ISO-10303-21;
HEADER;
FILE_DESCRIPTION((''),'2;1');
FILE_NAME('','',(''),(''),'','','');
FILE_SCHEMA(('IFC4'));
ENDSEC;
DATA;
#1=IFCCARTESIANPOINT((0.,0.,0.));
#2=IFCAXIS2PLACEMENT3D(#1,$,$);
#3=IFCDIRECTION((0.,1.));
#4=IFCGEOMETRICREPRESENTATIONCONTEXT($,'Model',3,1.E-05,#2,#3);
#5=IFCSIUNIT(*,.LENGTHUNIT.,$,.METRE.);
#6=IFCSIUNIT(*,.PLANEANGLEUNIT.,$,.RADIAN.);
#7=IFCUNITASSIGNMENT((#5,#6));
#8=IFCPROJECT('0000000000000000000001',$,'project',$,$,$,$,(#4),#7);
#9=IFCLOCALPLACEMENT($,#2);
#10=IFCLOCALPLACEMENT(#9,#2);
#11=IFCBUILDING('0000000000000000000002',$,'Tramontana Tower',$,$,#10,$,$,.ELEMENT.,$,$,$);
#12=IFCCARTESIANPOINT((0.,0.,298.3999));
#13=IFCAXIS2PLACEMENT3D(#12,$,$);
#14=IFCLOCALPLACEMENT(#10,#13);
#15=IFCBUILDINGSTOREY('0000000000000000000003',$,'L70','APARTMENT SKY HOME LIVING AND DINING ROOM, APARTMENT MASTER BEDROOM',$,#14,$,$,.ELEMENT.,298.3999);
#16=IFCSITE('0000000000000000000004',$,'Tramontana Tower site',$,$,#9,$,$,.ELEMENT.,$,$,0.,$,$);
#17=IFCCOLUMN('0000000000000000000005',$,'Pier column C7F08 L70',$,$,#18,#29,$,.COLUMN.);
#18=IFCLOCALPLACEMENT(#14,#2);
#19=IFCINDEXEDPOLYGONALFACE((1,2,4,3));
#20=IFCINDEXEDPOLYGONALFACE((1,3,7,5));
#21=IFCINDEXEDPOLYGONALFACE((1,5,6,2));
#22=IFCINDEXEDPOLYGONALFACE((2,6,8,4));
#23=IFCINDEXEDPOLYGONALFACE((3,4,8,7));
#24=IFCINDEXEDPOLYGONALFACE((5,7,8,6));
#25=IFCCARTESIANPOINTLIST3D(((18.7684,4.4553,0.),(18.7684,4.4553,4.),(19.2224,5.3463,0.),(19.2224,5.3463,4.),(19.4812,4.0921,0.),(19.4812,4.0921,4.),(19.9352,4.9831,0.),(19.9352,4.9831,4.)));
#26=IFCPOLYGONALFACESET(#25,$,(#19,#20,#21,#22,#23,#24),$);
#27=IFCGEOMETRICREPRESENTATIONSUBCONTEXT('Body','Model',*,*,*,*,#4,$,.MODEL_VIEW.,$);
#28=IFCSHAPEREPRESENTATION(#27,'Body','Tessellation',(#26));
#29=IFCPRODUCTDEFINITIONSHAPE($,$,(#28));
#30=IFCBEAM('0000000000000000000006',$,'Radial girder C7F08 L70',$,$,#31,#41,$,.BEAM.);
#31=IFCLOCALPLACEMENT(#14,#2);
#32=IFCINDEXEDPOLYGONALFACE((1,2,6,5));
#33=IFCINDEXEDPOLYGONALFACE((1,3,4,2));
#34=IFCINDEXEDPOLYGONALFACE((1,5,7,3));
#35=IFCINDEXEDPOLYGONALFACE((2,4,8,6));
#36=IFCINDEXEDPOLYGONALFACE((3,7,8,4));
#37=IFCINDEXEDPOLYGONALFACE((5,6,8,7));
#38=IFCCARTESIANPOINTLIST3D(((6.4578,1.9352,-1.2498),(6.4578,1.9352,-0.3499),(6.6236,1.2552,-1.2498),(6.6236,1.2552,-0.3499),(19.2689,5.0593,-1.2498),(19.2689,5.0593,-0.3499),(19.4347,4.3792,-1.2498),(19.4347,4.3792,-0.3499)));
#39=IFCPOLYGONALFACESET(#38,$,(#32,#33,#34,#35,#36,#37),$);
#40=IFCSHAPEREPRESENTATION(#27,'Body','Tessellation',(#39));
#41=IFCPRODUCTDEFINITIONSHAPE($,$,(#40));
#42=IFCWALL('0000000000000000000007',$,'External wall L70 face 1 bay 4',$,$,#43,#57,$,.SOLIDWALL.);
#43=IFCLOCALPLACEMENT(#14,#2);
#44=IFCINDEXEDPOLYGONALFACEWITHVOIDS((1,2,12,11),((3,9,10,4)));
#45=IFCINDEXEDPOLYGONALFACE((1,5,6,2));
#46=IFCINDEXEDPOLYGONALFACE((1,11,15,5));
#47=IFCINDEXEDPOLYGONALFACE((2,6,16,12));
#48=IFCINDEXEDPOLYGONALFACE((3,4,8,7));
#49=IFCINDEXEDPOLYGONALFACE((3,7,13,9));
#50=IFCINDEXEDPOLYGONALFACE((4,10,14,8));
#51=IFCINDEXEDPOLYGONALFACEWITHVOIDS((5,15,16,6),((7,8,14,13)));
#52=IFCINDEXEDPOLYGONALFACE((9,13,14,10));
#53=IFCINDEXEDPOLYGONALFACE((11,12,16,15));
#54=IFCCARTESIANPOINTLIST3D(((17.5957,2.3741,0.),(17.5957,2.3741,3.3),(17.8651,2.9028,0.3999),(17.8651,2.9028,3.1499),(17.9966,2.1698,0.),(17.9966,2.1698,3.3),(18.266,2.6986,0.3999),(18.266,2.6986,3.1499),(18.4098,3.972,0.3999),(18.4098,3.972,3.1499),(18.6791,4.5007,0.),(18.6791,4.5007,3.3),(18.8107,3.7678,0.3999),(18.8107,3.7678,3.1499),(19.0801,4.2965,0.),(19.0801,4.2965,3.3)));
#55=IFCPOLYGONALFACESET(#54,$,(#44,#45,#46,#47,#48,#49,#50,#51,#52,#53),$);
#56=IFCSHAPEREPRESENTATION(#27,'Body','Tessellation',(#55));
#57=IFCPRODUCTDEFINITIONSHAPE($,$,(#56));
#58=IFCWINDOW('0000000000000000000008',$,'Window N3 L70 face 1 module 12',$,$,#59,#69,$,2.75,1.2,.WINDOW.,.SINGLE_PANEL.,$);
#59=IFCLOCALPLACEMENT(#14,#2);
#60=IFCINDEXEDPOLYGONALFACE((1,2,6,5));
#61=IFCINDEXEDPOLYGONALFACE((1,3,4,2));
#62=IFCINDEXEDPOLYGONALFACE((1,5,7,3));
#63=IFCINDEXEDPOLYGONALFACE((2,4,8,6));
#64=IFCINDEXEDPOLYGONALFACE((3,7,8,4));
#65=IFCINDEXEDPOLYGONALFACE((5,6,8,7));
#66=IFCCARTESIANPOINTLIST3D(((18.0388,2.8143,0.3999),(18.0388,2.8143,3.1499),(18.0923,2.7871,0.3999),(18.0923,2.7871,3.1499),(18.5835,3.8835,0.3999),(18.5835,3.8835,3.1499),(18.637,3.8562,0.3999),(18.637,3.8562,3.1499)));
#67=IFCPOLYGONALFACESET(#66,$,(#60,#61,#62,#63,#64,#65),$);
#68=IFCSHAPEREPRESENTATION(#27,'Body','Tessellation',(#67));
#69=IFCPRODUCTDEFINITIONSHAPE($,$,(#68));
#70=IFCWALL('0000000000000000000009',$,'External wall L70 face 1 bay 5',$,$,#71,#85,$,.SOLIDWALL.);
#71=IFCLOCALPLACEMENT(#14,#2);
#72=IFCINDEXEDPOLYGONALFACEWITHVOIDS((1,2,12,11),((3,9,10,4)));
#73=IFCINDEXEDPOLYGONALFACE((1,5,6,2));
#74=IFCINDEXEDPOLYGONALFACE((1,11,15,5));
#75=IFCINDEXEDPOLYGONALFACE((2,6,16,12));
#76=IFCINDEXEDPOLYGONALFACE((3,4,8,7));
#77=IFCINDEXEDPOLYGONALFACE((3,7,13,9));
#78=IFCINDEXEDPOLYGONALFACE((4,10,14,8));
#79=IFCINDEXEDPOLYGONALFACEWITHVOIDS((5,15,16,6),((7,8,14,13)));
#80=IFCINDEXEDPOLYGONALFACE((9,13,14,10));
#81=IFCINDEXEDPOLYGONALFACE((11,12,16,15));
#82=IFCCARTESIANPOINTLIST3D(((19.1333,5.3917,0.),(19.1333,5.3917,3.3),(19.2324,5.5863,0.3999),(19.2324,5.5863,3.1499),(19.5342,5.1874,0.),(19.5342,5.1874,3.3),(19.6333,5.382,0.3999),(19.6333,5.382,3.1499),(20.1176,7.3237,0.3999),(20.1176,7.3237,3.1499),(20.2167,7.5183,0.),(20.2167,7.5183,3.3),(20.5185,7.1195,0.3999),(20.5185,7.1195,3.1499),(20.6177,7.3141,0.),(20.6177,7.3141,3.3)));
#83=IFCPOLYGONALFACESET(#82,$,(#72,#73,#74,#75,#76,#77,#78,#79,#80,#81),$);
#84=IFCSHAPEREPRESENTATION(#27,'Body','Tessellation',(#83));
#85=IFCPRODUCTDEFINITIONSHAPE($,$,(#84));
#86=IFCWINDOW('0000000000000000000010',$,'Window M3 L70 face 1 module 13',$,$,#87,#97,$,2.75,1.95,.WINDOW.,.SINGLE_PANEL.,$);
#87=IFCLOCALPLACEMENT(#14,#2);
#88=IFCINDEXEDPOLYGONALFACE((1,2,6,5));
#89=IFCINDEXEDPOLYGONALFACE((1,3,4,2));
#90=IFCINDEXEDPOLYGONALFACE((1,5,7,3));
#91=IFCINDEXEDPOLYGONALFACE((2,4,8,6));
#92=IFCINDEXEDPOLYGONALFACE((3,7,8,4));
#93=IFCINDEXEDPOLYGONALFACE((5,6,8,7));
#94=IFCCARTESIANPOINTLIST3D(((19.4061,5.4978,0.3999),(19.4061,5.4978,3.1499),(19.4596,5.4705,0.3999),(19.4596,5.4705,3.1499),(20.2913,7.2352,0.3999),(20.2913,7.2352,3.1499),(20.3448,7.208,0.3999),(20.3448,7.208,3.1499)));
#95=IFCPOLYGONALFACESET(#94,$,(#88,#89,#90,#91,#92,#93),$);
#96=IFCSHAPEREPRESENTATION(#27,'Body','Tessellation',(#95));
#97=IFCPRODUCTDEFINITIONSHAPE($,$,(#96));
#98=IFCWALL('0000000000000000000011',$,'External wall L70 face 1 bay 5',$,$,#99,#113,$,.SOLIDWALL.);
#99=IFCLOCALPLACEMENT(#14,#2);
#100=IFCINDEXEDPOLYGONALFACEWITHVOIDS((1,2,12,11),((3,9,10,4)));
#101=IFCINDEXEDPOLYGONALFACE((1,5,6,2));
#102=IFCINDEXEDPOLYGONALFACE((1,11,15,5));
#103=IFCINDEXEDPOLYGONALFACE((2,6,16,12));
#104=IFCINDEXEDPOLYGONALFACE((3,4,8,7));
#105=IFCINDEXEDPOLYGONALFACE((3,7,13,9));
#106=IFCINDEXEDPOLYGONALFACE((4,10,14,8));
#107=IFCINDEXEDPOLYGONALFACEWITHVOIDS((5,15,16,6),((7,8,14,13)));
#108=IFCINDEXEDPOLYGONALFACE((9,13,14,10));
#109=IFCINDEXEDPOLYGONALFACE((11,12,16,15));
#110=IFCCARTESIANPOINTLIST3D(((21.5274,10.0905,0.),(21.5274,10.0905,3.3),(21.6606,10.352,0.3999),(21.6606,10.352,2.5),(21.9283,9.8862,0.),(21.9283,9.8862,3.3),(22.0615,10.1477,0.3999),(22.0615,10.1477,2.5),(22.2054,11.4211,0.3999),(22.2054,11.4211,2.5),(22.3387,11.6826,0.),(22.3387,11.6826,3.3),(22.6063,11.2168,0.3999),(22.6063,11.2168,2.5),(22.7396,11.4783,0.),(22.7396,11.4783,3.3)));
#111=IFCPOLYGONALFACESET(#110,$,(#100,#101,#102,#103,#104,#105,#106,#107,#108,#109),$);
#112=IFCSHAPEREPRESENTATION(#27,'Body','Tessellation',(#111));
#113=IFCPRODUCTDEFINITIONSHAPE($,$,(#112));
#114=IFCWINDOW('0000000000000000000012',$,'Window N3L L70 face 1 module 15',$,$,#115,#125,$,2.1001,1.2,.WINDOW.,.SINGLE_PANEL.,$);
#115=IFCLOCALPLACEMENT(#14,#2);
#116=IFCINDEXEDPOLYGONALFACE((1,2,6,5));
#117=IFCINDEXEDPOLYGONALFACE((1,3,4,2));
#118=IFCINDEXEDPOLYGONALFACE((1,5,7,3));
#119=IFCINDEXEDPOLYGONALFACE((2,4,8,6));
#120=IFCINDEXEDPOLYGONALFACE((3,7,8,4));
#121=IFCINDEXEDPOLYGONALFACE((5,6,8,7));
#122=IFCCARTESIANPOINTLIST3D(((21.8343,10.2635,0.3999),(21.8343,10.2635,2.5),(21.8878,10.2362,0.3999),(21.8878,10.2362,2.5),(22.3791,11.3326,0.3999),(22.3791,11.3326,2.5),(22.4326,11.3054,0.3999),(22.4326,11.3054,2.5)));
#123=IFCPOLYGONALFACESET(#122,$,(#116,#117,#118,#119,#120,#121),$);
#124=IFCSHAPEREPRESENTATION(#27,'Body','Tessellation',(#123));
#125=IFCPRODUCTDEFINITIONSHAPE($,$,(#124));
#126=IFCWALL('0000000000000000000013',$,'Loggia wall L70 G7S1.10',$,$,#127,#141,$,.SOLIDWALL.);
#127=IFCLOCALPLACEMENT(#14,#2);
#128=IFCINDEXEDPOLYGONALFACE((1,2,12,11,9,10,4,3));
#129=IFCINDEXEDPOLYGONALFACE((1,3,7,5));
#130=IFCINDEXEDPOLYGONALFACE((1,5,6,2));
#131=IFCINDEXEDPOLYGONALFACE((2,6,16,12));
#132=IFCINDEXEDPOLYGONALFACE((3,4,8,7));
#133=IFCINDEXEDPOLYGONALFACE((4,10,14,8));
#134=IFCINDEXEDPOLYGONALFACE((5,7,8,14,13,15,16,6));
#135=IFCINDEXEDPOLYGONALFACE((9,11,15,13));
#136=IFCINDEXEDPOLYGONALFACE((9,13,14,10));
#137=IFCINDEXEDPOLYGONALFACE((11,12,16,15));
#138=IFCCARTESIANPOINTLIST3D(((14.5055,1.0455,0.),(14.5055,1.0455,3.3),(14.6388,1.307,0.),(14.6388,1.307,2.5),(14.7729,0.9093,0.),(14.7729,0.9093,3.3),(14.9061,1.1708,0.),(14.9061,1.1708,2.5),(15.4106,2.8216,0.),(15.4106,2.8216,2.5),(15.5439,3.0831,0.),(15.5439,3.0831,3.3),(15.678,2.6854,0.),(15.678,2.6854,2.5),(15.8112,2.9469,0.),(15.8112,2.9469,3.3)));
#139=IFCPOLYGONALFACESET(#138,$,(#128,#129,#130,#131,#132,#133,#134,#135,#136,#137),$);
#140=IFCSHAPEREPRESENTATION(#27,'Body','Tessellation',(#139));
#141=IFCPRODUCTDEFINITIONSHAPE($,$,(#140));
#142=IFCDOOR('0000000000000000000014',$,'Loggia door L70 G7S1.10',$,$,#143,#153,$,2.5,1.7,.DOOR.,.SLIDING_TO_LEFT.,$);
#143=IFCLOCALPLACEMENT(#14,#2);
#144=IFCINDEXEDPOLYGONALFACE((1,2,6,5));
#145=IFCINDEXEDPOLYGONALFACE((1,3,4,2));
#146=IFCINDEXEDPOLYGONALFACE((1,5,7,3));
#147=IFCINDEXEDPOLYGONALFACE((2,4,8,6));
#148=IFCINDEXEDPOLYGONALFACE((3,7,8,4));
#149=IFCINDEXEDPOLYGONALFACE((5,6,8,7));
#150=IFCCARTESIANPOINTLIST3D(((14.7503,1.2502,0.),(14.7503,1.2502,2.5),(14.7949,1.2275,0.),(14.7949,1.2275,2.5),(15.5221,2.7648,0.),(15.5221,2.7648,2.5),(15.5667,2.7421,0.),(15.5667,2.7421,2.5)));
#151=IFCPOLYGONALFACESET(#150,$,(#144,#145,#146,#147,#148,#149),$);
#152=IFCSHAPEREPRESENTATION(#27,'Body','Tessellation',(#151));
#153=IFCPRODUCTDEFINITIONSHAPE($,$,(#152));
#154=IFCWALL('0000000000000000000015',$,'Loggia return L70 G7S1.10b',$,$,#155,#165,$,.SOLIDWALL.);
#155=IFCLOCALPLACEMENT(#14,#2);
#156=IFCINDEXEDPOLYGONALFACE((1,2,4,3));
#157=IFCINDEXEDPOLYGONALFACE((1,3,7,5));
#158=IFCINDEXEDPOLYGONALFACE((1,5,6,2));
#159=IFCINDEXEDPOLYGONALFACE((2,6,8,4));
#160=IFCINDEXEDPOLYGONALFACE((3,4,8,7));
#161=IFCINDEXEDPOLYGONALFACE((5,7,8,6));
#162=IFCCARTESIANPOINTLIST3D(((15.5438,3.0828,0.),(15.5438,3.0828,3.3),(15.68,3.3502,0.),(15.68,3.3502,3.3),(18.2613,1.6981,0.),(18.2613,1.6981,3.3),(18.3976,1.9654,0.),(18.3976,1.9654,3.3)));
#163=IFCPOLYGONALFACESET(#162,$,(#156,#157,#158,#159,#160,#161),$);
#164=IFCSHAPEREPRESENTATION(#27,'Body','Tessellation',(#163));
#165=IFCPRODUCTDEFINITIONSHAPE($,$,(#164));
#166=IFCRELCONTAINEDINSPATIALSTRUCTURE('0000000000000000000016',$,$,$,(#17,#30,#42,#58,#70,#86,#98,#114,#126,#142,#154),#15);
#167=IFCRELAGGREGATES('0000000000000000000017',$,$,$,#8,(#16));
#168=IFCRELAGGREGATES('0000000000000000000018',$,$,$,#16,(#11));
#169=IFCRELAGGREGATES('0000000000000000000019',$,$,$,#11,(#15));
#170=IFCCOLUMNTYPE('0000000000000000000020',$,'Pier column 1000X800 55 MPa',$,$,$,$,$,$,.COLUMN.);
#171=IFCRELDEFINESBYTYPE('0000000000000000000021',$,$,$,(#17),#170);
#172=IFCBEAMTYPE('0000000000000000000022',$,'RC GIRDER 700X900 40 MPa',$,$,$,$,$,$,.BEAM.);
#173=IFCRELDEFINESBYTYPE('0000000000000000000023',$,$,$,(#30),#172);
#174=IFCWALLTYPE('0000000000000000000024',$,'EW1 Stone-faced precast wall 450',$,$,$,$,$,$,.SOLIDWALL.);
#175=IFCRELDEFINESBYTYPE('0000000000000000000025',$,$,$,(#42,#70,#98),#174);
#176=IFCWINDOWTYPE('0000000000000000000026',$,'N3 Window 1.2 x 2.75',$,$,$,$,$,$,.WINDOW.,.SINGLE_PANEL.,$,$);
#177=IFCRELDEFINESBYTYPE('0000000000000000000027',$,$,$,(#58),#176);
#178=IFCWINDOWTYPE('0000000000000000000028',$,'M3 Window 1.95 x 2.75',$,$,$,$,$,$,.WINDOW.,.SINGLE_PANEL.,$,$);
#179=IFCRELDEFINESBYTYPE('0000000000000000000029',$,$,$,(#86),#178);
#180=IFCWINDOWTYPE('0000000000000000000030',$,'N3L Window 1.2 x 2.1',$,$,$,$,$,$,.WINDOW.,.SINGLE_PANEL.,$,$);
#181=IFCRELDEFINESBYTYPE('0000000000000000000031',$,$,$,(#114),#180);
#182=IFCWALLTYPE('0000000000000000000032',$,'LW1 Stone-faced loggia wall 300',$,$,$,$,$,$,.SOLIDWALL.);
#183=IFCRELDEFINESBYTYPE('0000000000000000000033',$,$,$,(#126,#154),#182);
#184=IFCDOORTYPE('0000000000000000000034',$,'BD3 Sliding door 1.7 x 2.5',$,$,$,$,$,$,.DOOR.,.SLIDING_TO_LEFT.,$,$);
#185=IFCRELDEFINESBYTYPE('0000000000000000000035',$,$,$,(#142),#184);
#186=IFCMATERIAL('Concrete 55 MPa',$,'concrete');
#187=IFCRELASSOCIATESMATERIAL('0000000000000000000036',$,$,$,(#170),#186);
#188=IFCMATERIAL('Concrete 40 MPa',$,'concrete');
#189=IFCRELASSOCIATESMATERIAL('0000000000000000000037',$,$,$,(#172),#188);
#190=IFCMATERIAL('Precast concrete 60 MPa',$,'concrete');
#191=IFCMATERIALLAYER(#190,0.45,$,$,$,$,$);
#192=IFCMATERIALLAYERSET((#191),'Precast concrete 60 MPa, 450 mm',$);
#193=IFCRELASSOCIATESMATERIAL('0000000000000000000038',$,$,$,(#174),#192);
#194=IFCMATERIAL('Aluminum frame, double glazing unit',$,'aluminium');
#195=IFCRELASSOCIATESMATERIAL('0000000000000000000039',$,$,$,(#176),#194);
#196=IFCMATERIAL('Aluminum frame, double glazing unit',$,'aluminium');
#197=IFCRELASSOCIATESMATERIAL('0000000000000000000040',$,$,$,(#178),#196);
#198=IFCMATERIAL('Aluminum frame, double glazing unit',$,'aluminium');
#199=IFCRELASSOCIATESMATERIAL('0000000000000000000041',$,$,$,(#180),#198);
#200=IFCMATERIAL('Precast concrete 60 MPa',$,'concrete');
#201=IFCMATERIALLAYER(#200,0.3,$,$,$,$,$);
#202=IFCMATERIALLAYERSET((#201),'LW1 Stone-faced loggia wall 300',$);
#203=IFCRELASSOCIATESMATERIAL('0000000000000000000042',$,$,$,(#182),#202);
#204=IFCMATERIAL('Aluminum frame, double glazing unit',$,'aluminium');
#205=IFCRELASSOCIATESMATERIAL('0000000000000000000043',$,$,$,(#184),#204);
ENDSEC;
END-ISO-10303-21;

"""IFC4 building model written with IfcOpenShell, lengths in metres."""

from ifc_helpers import new_model, si_unit, direction, frame, frame_2d, origin, origin_2d, place, context, subcontext, project, spatial, rectangle, extrude, material, layer, layer_set, material_profile, profile_set, type_object, element, fill, save


model = new_model("IFC4")

# Units and contexts
model_context = context("Model", 3, precision=1e-05, world=origin(), true_north=direction((0.0, 1.0)))
body_context = subcontext(model_context, "Body", "Model", "MODEL_VIEW")
ifc_project = project(units=[si_unit("LENGTHUNIT", "METRE"), si_unit("PLANEANGLEUNIT", "RADIAN")], contexts=[model_context])

# Site, building, storey
site_placement = place(None, origin())
site = spatial("IfcSite", under=ifc_project, at=site_placement, Name="Tramontana Tower site", CompositionType="ELEMENT", RefElevation=0.0)
building_placement = place(site_placement, origin())
building = spatial("IfcBuilding", under=site, at=building_placement, Name="Tramontana Tower", CompositionType="ELEMENT")
storey_placement = place(building_placement, frame((0.0, 0.0, 298.3999)))
storey = spatial("IfcBuildingStorey", under=building, at=storey_placement, Name="L70", Description="APARTMENT SKY HOME LIVING AND DINING ROOM, APARTMENT MASTER BEDROOM", CompositionType="ELEMENT", Elevation=298.3999)

# Column
ifc_material_1 = material(Name="Concrete 55 MPa", Category="concrete")
ifc_material_profile_1 = material_profile(ifc_material_1, rectangle(XDim=1.0, YDim=0.8, at=origin_2d()), Name="Pier column 1000X800 55 MPa")
ifc_profile_set_1 = profile_set([ifc_material_profile_1], Name="Concrete 55 MPa")
column_type = type_object("IfcColumnType", Name="Pier column 1000X800 55 MPa", PredefinedType="COLUMN", material=ifc_profile_set_1)
column_placement = place(storey_placement, frame((19.3518, 4.7192, 0.0), z_axis=(0.0, 0.0, 1.0), x_axis=(0.45399, 0.891007, 0.0)))
element("IfcColumn", 1, at=column_placement, inside=storey, type_object=column_type, Name="Pier column C7F08 L70", PredefinedType="COLUMN", context=body_context, shape_type="SweptSolid", body=[
    extrude(rectangle(XDim=1.0, YDim=0.8, at=origin_2d()), origin(), (0.0, 0.0, 1.0), 4.0),
])

# Beam
ifc_material_2 = material(Name="Concrete 40 MPa", Category="concrete")
ifc_material_profile_2 = material_profile(ifc_material_2, rectangle(XDim=0.7, YDim=0.8999, at=origin_2d()), Name="RC GIRDER 700X900 40 MPa")
ifc_profile_set_2 = profile_set([ifc_material_profile_2], Name="Concrete 40 MPa")
beam_type = type_object("IfcBeamType", Name="RC GIRDER 700X900 40 MPa", PredefinedType="BEAM", material=ifc_profile_set_2)
beam_placement = place(storey_placement, frame((19.3518, 4.7192, -0.7998), z_axis=(-0.971531, -0.236912, 0.0), x_axis=(0.236912, -0.971531, 0.0)))
element("IfcBeam", 2, at=beam_placement, inside=storey, type_object=beam_type, Name="Radial girder C7F08 L70", PredefinedType="BEAM", context=body_context, shape_type="SweptSolid", body=[
    extrude(rectangle(XDim=0.7, YDim=0.8999, at=origin_2d()), origin(), (0.0, 0.0, 1.0), 13.1865),
])

# Walls, openings, windows
ifc_material_3 = material(Name="Precast concrete 60 MPa", Category="concrete")
ifc_layer_1 = layer(ifc_material_3, 0.45)
ifc_layer_set_1 = layer_set([ifc_layer_1], Name="Precast concrete 60 MPa, 450 mm")
wall_type_1 = type_object("IfcWallType", Name="EW1 Stone-faced precast wall 450", PredefinedType="SOLIDWALL", material=ifc_layer_set_1)
wall_1_placement = place(storey_placement, frame((17.7961, 2.272, 0.0), z_axis=(0.0, 0.0, 1.0), x_axis=(0.453952, 0.891026, 0.0)))
wall_1 = element("IfcWall", 3, at=wall_1_placement, inside=storey, type_object=wall_type_1, Name="External wall L70 face 1 bay 4", PredefinedType="SOLIDWALL", context=body_context, shape_type="SweptSolid", body=[
    extrude(rectangle(XDim=2.3867, YDim=0.45, at=frame_2d((1.1934, 0.0))), origin(), (0.0, 0.0, 1.0), 3.3),
])
opening_1_placement = place(wall_1_placement, frame((0.5933, 0.0, 0.3999)))
opening_1 = element("IfcOpeningElement", 4, at=opening_1_placement, cuts=wall_1, PredefinedType="OPENING", context=body_context, shape_type="SweptSolid", body=[
    extrude(rectangle(XDim=1.2, YDim=2.75, at=frame_2d((0.6001, 1.375))), frame((0.0, 0.2349, 0.0), z_axis=(0.0, -1.0, 0.0), x_axis=(1.0, 0.0, 0.0)), (0.0, 0.0, 1.0), 0.47),
])
ifc_material_4 = material(Name="Aluminum frame, double glazing unit", Category="aluminium")
window_type_1 = type_object("IfcWindowType", Name="N3 Window 1.2 x 2.75", PartitioningType="SINGLE_PANEL", PredefinedType="WINDOW", material=ifc_material_4)
window_1_placement = place(opening_1_placement, origin())
window_1 = element("IfcWindow", 5, at=window_1_placement, inside=storey, type_object=window_type_1, Name="Window N3 L70 face 1 module 12", OverallHeight=2.75, OverallWidth=1.2, PartitioningType="SINGLE_PANEL", PredefinedType="WINDOW", context=body_context, shape_type="SweptSolid", body=[
    extrude(rectangle(XDim=1.2, YDim=2.75, at=frame_2d((0.6001, 1.375))), frame((0.0, 0.03, 0.0), z_axis=(0.0, -1.0, 0.0), x_axis=(1.0, 0.0, 0.0)), (0.0, 0.0, 1.0), 0.0601),
])
fill(opening_1, window_1)
wall_2_placement = place(storey_placement, frame((19.3337, 5.2896, 0.0), z_axis=(0.0, 0.0, 1.0), x_axis=(0.453952, 0.891026, 0.0)))
wall_2 = element("IfcWall", 6, at=wall_2_placement, inside=storey, type_object=wall_type_1, Name="External wall L70 face 1 bay 5", PredefinedType="SOLIDWALL", context=body_context, shape_type="SweptSolid", body=[
    extrude(rectangle(XDim=2.3867, YDim=0.45, at=frame_2d((1.1934, 0.0))), origin(), (0.0, 0.0, 1.0), 3.3),
])
opening_2_placement = place(wall_2_placement, frame((0.2183, 0.0, 0.3999)))
opening_2 = element("IfcOpeningElement", 7, at=opening_2_placement, cuts=wall_2, PredefinedType="OPENING", context=body_context, shape_type="SweptSolid", body=[
    extrude(rectangle(XDim=1.95, YDim=2.75, at=frame_2d((0.9751, 1.375))), frame((0.0, 0.2349, 0.0), z_axis=(0.0, -1.0, 0.0), x_axis=(1.0, 0.0, 0.0)), (0.0, 0.0, 1.0), 0.47),
])
ifc_material_5 = material(Name="Aluminum frame, double glazing unit", Category="aluminium")
window_type_2 = type_object("IfcWindowType", Name="M3 Window 1.95 x 2.75", PartitioningType="SINGLE_PANEL", PredefinedType="WINDOW", material=ifc_material_5)
window_2_placement = place(opening_2_placement, origin())
window_2 = element("IfcWindow", 8, at=window_2_placement, inside=storey, type_object=window_type_2, Name="Window M3 L70 face 1 module 13", OverallHeight=2.75, OverallWidth=1.95, PartitioningType="SINGLE_PANEL", PredefinedType="WINDOW", context=body_context, shape_type="SweptSolid", body=[
    extrude(rectangle(XDim=1.95, YDim=2.75, at=frame_2d((0.9751, 1.375))), frame((0.0, 0.03, 0.0), z_axis=(0.0, -1.0, 0.0), x_axis=(1.0, 0.0, 0.0)), (0.0, 0.0, 1.0), 0.0601),
])
fill(opening_2, window_2)
wall_3_placement = place(storey_placement, frame((21.7278, 9.9883, 0.0), z_axis=(0.0, 0.0, 1.0), x_axis=(0.454032, 0.890985, 0.0)))
wall_3 = element("IfcWall", 9, at=wall_3_placement, inside=storey, type_object=wall_type_1, Name="External wall L70 face 1 bay 5", PredefinedType="SOLIDWALL", context=body_context, shape_type="SweptSolid", body=[
    extrude(rectangle(XDim=1.7869, YDim=0.45, at=frame_2d((0.8936, 0.0))), origin(), (0.0, 0.0, 1.0), 3.3),
])
opening_3_placement = place(wall_3_placement, frame((0.2935, 0.0, 0.3999)))
opening_3 = element("IfcOpeningElement", 10, at=opening_3_placement, cuts=wall_3, PredefinedType="OPENING", context=body_context, shape_type="SweptSolid", body=[
    extrude(rectangle(XDim=1.2, YDim=2.1001, at=frame_2d((0.6001, 1.05))), frame((0.0, 0.2349, 0.0), z_axis=(0.0, -1.0, 0.0), x_axis=(1.0, 0.0, 0.0)), (0.0, 0.0, 1.0), 0.47),
])
ifc_material_6 = material(Name="Aluminum frame, double glazing unit", Category="aluminium")
window_type_3 = type_object("IfcWindowType", Name="N3L Window 1.2 x 2.1", PartitioningType="SINGLE_PANEL", PredefinedType="WINDOW", material=ifc_material_6)
window_3_placement = place(opening_3_placement, origin())
window_3 = element("IfcWindow", 11, at=window_3_placement, inside=storey, type_object=window_type_3, Name="Window N3L L70 face 1 module 15", OverallHeight=2.1001, OverallWidth=1.2, PartitioningType="SINGLE_PANEL", PredefinedType="WINDOW", context=body_context, shape_type="SweptSolid", body=[
    extrude(rectangle(XDim=1.2, YDim=2.1001, at=frame_2d((0.6001, 1.05))), frame((0.0, 0.03, 0.0), z_axis=(0.0, -1.0, 0.0), x_axis=(1.0, 0.0, 0.0)), (0.0, 0.0, 1.0), 0.0601),
])
fill(opening_3, window_3)

# Wall, opening, door
ifc_material_7 = material(Name="Precast concrete 60 MPa", Category="concrete")
ifc_layer_2 = layer(ifc_material_7, 0.3)
ifc_layer_set_2 = layer_set([ifc_layer_2], Name="LW1 Stone-faced loggia wall 300")
wall_type_2 = type_object("IfcWallType", Name="LW1 Stone-faced loggia wall 300", PredefinedType="SOLIDWALL", material=ifc_layer_set_2)
wall_4_placement = place(storey_placement, frame((14.6392, 0.9773, 0.0), z_axis=(0.0, 0.0, 1.0), x_axis=(0.454033, 0.890985, 0.0)))
wall_4 = element("IfcWall", 12, at=wall_4_placement, inside=storey, type_object=wall_type_2, Name="Loggia wall L70 G7S1.10", PredefinedType="SOLIDWALL", context=body_context, shape_type="SweptSolid", body=[
    extrude(rectangle(XDim=2.2869, YDim=0.3, at=frame_2d((1.1436, 0.0))), origin(), (0.0, 0.0, 1.0), 3.3),
])
opening_4_placement = place(wall_4_placement, frame((0.2935, 0.0, 0.0)))
opening_4 = element("IfcOpeningElement", 13, at=opening_4_placement, cuts=wall_4, PredefinedType="OPENING", context=body_context, shape_type="SweptSolid", body=[
    extrude(rectangle(XDim=1.7, YDim=2.5, at=frame_2d((0.8501, 1.25))), frame((0.0, 0.1599, 0.0), z_axis=(0.0, -1.0, 0.0), x_axis=(1.0, 0.0, 0.0)), (0.0, 0.0, 1.0), 0.3201),
])
ifc_material_8 = material(Name="Aluminum frame, double glazing unit", Category="aluminium")
door_type_1 = type_object("IfcDoorType", Name="BD3 Sliding door 1.7 x 2.5", OperationType="SLIDING_TO_LEFT", PredefinedType="DOOR", material=ifc_material_8)
door_1_placement = place(opening_4_placement, origin())
door_1 = element("IfcDoor", 14, at=door_1_placement, inside=storey, type_object=door_type_1, Name="Loggia door L70 G7S1.10", OperationType="SLIDING_TO_LEFT", OverallHeight=2.5, OverallWidth=1.7, PredefinedType="DOOR", context=body_context, shape_type="SweptSolid", body=[
    extrude(rectangle(XDim=1.7, YDim=2.5, at=frame_2d((0.8501, 1.25))), frame((0.0, 0.0249, 0.0), z_axis=(0.0, -1.0, 0.0), x_axis=(1.0, 0.0, 0.0)), (0.0, 0.0, 1.0), 0.05),
])
fill(opening_4, door_1)

# Wall
wall_5_placement = place(storey_placement, frame((18.3293, 1.8318, 0.0), z_axis=(0.0, 0.0, 1.0), x_axis=(-0.890991, 0.454021, 0.0)))
element("IfcWall", 15, at=wall_5_placement, inside=storey, type_object=wall_type_2, Name="Loggia return L70 G7S1.10b", PredefinedType="SOLIDWALL", context=body_context, shape_type="SweptSolid", body=[
    extrude(rectangle(XDim=3.05, YDim=0.3, at=frame_2d((1.5249, 0.0))), origin(), (0.0, 0.0, 1.0), 3.3),
])

save(model, "model.ifc")
